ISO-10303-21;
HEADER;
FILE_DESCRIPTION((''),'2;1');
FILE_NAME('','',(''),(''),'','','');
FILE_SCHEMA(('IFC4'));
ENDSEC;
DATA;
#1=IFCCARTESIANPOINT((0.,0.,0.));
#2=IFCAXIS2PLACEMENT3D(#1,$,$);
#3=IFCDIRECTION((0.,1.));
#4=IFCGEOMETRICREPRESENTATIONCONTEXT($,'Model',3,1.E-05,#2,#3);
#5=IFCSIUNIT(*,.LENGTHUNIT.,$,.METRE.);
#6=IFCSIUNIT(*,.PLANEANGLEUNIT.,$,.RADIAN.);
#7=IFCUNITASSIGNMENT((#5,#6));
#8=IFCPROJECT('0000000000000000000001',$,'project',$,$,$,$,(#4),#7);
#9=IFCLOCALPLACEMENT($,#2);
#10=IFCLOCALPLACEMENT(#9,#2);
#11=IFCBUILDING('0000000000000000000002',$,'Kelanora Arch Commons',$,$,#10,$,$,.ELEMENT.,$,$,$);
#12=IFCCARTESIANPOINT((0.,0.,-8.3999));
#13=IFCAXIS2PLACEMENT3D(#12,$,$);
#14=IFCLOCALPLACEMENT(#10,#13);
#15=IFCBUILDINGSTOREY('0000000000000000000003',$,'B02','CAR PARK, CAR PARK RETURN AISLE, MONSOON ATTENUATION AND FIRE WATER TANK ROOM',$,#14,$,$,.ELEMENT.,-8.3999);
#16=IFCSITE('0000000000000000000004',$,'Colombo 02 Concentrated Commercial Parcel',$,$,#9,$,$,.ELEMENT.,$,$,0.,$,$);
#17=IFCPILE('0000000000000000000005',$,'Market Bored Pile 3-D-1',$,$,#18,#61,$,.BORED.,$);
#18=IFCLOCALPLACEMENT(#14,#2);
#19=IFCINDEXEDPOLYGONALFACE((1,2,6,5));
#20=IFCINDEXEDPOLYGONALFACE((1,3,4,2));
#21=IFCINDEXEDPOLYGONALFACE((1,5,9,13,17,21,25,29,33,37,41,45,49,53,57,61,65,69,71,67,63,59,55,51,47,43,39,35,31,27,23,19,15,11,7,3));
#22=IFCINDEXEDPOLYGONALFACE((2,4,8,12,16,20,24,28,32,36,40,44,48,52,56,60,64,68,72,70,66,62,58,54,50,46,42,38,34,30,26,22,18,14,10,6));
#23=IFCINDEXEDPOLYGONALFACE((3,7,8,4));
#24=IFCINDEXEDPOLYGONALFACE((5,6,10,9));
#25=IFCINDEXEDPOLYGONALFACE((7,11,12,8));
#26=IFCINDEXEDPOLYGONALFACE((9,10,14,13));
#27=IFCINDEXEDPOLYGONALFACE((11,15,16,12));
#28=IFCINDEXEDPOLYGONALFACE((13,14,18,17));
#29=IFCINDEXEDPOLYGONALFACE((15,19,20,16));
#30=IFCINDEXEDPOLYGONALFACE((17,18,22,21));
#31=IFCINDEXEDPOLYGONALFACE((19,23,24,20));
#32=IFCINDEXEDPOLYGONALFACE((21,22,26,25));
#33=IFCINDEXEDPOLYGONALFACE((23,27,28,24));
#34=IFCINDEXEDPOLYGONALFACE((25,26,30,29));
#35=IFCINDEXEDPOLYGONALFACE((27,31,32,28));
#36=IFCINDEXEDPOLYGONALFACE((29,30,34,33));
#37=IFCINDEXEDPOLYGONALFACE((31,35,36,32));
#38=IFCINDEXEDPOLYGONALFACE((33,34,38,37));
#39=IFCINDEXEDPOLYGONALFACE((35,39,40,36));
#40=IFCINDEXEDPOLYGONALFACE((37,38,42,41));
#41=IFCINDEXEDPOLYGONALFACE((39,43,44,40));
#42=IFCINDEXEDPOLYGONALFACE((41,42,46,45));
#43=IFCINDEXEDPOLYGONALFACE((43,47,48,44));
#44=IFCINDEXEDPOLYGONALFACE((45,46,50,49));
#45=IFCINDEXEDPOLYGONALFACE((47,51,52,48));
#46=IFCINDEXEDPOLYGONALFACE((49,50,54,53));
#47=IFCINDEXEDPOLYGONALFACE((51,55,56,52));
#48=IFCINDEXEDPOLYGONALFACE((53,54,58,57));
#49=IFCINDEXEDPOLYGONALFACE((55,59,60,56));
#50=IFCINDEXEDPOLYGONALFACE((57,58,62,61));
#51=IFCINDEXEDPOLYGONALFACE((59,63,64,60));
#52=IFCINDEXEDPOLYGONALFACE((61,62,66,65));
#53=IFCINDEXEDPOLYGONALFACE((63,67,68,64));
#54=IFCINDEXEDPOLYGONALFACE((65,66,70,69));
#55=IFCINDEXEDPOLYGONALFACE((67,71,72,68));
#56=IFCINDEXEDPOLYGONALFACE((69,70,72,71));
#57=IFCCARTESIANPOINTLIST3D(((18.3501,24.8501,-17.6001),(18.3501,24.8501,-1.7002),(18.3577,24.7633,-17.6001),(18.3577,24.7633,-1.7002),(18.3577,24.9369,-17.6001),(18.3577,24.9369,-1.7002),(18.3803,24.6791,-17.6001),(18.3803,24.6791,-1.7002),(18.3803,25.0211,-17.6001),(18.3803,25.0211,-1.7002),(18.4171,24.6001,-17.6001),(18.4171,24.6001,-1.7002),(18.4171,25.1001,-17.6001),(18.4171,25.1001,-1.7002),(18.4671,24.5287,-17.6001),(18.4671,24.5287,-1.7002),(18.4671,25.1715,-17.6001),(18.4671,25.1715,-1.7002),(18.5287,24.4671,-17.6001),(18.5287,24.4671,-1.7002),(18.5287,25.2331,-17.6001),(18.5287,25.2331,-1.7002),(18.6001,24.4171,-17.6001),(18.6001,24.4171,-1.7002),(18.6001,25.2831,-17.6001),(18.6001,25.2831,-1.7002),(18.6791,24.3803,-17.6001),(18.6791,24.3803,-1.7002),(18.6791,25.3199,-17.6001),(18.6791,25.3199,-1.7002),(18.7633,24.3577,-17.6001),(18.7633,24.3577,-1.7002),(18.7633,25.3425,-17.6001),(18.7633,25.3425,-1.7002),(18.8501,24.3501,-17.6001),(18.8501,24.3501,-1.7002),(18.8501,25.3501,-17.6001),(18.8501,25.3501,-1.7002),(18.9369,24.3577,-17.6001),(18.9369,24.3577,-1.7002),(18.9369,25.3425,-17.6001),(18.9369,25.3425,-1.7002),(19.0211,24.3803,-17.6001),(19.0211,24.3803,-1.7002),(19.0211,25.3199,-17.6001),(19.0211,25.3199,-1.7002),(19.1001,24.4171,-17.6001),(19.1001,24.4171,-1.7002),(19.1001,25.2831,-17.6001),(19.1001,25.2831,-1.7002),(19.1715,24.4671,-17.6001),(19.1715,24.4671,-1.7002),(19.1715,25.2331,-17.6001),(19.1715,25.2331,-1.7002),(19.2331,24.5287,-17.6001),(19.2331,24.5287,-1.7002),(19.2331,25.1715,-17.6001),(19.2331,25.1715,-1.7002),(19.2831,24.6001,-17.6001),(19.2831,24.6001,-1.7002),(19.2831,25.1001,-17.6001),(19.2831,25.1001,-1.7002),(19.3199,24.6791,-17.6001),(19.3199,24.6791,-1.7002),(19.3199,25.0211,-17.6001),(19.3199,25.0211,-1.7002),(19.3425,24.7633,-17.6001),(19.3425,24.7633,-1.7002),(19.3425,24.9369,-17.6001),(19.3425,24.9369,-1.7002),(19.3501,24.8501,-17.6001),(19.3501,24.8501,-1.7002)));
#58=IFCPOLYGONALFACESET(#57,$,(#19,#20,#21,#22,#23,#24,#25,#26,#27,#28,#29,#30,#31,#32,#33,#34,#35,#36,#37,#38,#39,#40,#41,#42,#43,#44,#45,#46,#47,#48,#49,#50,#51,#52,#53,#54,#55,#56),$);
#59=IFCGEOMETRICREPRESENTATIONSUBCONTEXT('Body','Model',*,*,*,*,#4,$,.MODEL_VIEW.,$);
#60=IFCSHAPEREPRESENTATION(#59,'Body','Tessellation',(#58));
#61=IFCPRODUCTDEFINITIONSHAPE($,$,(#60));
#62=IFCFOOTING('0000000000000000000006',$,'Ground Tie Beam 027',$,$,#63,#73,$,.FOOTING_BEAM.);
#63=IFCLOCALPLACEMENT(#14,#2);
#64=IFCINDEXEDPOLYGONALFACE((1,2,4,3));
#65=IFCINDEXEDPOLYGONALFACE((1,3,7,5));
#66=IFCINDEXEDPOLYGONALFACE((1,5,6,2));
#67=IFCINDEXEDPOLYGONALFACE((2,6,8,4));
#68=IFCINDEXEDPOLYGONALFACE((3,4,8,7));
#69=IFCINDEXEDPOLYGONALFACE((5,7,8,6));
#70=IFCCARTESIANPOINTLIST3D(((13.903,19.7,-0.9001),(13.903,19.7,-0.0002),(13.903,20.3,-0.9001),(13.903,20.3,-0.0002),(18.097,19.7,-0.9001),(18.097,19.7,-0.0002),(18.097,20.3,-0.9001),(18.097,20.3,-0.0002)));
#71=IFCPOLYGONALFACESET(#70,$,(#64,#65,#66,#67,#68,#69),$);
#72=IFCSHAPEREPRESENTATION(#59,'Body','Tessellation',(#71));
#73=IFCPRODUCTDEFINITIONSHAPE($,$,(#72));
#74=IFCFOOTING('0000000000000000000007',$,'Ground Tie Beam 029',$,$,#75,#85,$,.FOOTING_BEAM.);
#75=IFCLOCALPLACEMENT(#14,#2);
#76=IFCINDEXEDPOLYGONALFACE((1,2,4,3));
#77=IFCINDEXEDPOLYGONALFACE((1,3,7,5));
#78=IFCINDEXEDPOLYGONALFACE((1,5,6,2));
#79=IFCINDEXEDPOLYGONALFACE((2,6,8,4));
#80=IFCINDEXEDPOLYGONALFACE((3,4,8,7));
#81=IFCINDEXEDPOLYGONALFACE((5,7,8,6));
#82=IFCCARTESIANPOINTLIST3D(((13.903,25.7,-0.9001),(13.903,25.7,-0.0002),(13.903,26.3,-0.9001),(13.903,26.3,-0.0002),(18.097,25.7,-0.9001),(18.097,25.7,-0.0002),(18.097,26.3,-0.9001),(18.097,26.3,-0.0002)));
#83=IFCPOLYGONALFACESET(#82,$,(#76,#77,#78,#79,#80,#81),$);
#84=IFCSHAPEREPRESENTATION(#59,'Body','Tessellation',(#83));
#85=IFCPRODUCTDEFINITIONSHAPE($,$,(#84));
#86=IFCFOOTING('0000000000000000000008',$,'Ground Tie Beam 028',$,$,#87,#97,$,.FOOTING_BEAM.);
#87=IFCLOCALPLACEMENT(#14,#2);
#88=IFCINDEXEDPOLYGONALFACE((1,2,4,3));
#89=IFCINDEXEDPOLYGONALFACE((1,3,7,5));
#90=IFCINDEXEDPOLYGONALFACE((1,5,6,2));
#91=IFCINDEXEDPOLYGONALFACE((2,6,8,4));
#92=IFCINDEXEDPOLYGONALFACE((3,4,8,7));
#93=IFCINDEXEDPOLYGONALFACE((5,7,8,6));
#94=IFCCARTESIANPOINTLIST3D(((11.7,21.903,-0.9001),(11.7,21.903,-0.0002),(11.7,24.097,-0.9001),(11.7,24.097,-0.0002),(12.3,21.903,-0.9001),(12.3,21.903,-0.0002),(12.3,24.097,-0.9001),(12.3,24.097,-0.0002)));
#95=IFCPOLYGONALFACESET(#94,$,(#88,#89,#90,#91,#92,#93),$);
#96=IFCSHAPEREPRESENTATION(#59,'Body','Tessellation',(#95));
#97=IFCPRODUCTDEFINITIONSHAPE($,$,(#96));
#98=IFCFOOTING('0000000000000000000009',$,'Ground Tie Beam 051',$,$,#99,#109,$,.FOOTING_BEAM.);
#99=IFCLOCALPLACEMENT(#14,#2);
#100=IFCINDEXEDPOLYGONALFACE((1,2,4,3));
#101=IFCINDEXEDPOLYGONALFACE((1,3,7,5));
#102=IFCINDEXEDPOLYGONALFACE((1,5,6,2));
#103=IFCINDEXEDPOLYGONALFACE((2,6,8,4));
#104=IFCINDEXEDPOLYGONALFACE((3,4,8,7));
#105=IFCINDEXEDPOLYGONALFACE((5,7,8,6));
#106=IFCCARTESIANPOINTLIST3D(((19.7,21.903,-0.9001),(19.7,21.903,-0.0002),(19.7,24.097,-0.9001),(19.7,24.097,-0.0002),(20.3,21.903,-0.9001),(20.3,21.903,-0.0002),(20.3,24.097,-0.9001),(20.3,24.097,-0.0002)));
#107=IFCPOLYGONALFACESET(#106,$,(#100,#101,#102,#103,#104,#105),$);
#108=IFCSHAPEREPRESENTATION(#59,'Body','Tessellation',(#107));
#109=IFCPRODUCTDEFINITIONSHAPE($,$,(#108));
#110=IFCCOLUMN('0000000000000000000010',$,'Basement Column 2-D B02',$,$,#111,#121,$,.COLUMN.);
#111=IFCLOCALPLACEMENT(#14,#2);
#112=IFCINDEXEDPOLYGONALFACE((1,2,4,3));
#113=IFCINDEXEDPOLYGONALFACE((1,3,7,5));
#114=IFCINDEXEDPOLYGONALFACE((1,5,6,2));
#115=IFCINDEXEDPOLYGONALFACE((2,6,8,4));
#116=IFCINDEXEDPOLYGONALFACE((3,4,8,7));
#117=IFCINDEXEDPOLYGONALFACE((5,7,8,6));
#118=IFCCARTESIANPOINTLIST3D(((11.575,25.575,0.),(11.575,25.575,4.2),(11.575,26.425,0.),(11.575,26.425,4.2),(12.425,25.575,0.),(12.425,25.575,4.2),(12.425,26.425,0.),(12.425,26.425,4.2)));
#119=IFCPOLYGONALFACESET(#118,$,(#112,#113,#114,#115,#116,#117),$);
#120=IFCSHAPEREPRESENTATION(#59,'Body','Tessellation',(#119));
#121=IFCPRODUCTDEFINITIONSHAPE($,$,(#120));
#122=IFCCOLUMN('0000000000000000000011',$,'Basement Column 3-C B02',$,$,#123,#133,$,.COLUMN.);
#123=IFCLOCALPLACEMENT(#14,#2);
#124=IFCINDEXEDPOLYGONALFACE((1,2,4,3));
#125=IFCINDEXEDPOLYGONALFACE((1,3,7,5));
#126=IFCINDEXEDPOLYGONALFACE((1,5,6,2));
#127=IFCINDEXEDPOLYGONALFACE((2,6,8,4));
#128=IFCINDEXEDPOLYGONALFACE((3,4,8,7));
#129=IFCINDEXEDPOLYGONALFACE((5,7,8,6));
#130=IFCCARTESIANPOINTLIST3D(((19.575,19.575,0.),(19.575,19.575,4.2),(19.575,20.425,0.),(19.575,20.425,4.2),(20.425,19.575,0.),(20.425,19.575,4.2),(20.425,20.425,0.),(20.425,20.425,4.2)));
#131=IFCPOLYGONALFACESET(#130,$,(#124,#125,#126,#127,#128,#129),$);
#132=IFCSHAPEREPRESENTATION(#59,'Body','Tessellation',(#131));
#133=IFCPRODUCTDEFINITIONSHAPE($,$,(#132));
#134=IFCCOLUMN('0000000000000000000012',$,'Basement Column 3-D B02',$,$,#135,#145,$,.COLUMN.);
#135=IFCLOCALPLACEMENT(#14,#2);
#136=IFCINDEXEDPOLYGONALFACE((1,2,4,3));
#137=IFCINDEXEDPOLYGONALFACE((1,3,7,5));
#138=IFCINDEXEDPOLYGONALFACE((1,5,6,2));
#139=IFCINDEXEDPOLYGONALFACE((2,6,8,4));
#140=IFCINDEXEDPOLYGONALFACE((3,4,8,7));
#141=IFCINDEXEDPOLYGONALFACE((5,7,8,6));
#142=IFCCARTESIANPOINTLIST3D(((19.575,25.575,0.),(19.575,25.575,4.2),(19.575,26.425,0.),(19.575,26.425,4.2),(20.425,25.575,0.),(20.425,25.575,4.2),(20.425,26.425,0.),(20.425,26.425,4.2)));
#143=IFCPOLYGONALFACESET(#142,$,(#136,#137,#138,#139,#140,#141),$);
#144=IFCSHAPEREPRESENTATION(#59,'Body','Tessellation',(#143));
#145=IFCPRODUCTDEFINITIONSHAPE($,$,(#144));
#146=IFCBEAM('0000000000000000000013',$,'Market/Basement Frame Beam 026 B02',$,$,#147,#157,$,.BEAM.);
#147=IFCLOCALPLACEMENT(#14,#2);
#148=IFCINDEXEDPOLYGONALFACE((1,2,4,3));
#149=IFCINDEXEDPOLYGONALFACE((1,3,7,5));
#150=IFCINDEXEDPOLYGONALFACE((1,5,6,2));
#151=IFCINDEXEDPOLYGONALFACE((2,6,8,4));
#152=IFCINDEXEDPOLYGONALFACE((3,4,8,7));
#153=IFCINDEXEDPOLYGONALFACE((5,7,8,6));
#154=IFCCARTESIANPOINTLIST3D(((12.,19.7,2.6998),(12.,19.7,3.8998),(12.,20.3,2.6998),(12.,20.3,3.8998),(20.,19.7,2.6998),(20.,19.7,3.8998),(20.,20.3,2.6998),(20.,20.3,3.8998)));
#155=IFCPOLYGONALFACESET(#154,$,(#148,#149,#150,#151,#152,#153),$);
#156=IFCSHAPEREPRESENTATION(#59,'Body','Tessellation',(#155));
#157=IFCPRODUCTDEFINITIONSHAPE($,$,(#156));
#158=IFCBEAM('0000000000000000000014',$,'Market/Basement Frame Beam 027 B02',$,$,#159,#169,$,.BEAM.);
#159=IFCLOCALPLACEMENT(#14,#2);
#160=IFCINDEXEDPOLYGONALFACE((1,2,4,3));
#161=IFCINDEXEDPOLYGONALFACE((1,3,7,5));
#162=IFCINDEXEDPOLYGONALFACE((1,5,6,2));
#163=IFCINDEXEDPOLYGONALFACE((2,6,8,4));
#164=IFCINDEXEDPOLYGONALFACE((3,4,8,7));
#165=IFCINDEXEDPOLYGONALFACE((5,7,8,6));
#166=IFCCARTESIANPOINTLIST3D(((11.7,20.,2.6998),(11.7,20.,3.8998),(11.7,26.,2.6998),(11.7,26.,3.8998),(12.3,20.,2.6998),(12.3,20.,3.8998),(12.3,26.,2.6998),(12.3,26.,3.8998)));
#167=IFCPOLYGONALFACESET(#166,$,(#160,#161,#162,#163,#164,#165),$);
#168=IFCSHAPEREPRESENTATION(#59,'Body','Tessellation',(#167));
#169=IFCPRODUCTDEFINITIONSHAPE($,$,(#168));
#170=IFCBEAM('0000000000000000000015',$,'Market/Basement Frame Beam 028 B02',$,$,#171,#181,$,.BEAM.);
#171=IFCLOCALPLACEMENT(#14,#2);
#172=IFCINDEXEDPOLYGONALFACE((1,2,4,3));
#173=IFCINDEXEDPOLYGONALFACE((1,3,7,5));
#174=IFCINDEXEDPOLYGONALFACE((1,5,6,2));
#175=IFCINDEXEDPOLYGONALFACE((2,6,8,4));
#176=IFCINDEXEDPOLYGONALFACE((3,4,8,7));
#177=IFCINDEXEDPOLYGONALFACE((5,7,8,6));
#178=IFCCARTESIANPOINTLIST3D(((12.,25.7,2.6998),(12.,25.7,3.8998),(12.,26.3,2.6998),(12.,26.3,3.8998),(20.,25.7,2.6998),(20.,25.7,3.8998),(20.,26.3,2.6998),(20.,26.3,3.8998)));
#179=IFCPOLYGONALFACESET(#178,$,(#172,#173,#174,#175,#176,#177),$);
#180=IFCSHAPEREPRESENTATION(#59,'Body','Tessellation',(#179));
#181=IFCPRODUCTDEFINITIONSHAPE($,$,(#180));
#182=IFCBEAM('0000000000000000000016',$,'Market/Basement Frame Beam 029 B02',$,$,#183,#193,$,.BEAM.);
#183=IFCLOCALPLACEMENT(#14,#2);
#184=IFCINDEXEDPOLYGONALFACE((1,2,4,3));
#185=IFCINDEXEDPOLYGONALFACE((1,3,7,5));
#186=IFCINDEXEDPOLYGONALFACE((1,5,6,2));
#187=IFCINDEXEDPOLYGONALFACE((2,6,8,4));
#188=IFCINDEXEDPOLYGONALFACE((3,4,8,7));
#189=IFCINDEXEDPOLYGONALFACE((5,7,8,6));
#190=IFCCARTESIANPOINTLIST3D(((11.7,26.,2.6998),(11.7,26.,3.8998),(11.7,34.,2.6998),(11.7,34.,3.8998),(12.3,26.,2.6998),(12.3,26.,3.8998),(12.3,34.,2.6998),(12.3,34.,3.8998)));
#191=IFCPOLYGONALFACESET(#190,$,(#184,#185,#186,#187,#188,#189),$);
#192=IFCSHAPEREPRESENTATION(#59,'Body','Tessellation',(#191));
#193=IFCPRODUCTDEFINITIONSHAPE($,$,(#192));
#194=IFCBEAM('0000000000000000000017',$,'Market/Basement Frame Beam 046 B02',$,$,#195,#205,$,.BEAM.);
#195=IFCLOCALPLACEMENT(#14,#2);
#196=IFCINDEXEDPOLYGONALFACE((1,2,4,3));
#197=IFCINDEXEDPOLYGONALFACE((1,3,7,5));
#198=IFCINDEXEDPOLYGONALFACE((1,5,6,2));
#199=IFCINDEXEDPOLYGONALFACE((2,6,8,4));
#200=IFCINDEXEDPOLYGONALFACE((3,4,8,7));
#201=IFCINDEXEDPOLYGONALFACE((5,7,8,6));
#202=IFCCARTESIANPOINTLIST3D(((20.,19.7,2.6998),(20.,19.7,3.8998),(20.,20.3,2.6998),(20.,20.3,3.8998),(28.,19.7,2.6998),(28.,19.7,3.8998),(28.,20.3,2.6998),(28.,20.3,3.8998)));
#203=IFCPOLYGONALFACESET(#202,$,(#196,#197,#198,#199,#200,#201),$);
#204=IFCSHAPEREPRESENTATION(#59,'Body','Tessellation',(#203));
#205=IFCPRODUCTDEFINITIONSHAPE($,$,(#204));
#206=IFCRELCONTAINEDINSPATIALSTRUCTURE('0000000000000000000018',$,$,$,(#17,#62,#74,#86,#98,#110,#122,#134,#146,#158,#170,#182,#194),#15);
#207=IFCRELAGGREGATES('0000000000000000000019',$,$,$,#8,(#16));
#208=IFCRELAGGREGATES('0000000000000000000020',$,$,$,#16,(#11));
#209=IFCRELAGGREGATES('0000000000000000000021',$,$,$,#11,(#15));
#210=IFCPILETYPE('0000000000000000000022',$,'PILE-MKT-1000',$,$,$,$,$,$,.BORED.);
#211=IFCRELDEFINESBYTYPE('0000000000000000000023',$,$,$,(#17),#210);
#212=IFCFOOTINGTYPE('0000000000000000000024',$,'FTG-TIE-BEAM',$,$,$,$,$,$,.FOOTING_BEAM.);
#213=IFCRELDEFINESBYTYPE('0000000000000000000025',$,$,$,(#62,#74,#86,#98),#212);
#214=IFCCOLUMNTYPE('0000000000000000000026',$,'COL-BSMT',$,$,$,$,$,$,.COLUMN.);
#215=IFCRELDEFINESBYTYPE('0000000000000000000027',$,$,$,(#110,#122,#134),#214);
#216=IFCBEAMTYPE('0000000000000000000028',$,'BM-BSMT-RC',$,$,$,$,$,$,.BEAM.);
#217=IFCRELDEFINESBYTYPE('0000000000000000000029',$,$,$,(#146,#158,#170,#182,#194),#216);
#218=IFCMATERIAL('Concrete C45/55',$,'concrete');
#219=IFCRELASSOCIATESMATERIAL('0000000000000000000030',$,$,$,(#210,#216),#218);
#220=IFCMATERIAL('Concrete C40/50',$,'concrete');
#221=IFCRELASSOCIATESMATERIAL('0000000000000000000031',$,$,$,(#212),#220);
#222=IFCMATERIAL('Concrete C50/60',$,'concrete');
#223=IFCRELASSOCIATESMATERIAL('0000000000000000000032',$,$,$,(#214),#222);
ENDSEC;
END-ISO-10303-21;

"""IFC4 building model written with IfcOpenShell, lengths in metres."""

from ifc_helpers import new_model, si_unit, direction, frame, origin, origin_2d, place, context, subcontext, project, spatial, rectangle, circle, extrude, source, transform, mapped, material, material_profile, profile_set, type_object, element, save


model = new_model("IFC4")

# Units and contexts
model_context = context("Model", 3, precision=1e-05, world=origin(), true_north=direction((0.0, 1.0)))
body_context = subcontext(model_context, "Body", "Model", "MODEL_VIEW")
ifc_project = project(units=[si_unit("LENGTHUNIT", "METRE"), si_unit("PLANEANGLEUNIT", "RADIAN")], contexts=[model_context])

# Site, building, storey
site_placement = place(None, origin())
site = spatial("IfcSite", under=ifc_project, at=site_placement, Name="Colombo 02 Concentrated Commercial Parcel", CompositionType="ELEMENT", RefElevation=0.0)
building_placement = place(site_placement, origin())
building = spatial("IfcBuilding", under=site, at=building_placement, Name="Kelanora Arch Commons", CompositionType="ELEMENT")
storey_placement = place(building_placement, frame((0.0, 0.0, -8.3999)))
storey = spatial("IfcBuildingStorey", under=building, at=storey_placement, Name="B02", Description="CAR PARK, CAR PARK RETURN AISLE, MONSOON ATTENUATION AND FIRE WATER TANK ROOM", CompositionType="ELEMENT", Elevation=-8.3999)

# Shared definitions
ifc_material_1 = material(Name="Concrete C40/50", Category="concrete")

# Pile
ifc_material_2 = material(Name="Concrete C45/55", Category="concrete")
ifc_material_profile_1 = material_profile(ifc_material_2, circle(Radius=0.5, at=origin_2d()), Name="PILE1000")
ifc_profile_set_1 = profile_set([ifc_material_profile_1], Name="Concrete C45/55")
pile_type = type_object("IfcPileType", Name="PILE-MKT-1000", PredefinedType="BORED", material=ifc_profile_set_1)
shared_shape_1 = source(origin(), body_context, "Body", "SweptSolid", [
    extrude(circle(Radius=0.5, at=origin_2d()), origin(), (0.0, 0.0, 1.0), 15.8999),
])
for number, where, z_axis, x_axis, name in (
    (1, (18.8501, 24.8501, -1.7002), (0.0, 0.0, -1.0), (1.0, 0.0, 0.0), "Market Bored Pile 3-D-1"),
):
    element("IfcPile", number, at=place(storey_placement, frame(where, z_axis=z_axis, x_axis=x_axis)), inside=storey, type_object=pile_type, Name=name, PredefinedType="BORED", context=body_context, shape_type="MappedRepresentation", body=[
        mapped(shared_shape_1, transform((0.0, 0.0, 0.0), scale=1.0)),
    ])

# Footings
footing_type_1 = type_object("IfcFootingType", Name="FTG-TIE-BEAM", PredefinedType="FOOTING_BEAM", material=ifc_material_1)
shared_shape_2 = source(origin(), body_context, "Body", "SweptSolid", [
    extrude(rectangle(XDim=4.1941, YDim=0.6001, at=origin_2d()), origin(), (0.0, 0.0, 1.0), 0.8999),
])
for number, where, z_axis, x_axis, name in (
    (2, (16.0, 20.0, -0.9001), (0.0, 0.0, 1.0), (1.0, 0.0, 0.0), "Ground Tie Beam 027"),
    (3, (16.0, 26.0, -0.9001), (0.0, 0.0, 1.0), (1.0, 0.0, 0.0), "Ground Tie Beam 029"),
):
    element("IfcFooting", number, at=place(storey_placement, frame(where, z_axis=z_axis, x_axis=x_axis)), inside=storey, type_object=footing_type_1, Name=name, PredefinedType="FOOTING_BEAM", context=body_context, shape_type="MappedRepresentation", body=[
        mapped(shared_shape_2, transform((0.0, 0.0, 0.0), scale=1.0)),
    ])
shared_shape_3 = source(origin(), body_context, "Body", "SweptSolid", [
    extrude(rectangle(XDim=2.1941, YDim=0.6001, at=origin_2d()), origin(), (0.0, 0.0, 1.0), 0.8999),
])
for number, where, z_axis, x_axis, name in (
    (4, (12.0, 23.0, -0.9001), (0.0, 0.0, 1.0), (0.0, 1.0, 0.0), "Ground Tie Beam 028"),
    (5, (20.0, 23.0, -0.9001), (0.0, 0.0, 1.0), (0.0, 1.0, 0.0), "Ground Tie Beam 051"),
):
    element("IfcFooting", number, at=place(storey_placement, frame(where, z_axis=z_axis, x_axis=x_axis)), inside=storey, type_object=footing_type_1, Name=name, PredefinedType="FOOTING_BEAM", context=body_context, shape_type="MappedRepresentation", body=[
        mapped(shared_shape_3, transform((0.0, 0.0, 0.0), scale=1.0)),
    ])

# Columns
ifc_material_3 = material(Name="Concrete C50/60", Category="concrete")
ifc_material_profile_2 = material_profile(ifc_material_3, rectangle(XDim=0.8501, YDim=0.8501, at=origin_2d()), Name="RC850x850")
ifc_profile_set_2 = profile_set([ifc_material_profile_2], Name="Concrete C50/60")
column_type = type_object("IfcColumnType", Name="COL-BSMT", PredefinedType="COLUMN", material=ifc_profile_set_2)
for number, where, z_axis, x_axis, name in (
    (6, (12.0, 26.0, 0.0), (0.0, 0.0, 1.0), (1.0, 0.0, 0.0), "Basement Column 2-D B02"),
    (7, (20.0, 20.0, 0.0), (0.0, 0.0, 1.0), (1.0, 0.0, 0.0), "Basement Column 3-C B02"),
    (8, (20.0, 26.0, 0.0), (0.0, 0.0, 1.0), (1.0, 0.0, 0.0), "Basement Column 3-D B02"),
):
    element("IfcColumn", number, at=place(storey_placement, frame(where, z_axis=z_axis, x_axis=x_axis)), inside=storey, type_object=column_type, Name=name, PredefinedType="COLUMN", context=body_context, shape_type="SweptSolid", body=[
        extrude(rectangle(XDim=0.8501, YDim=0.8501, at=origin_2d()), origin(), (0.0, 0.0, 1.0), 4.2),
    ])

# Beams
ifc_material_profile_3 = material_profile(ifc_material_2, rectangle(XDim=0.6001, YDim=1.2, at=origin_2d()), Name="RCB600x1200")
ifc_profile_set_3 = profile_set([ifc_material_profile_3], Name="Concrete C45/55")
beam_type = type_object("IfcBeamType", Name="BM-BSMT-RC", PredefinedType="BEAM", material=ifc_profile_set_3)
beam_1_placement = place(storey_placement, frame((12.0, 20.0, 3.2998), z_axis=(1.0, 0.0, 0.0), x_axis=(0.0, 1.0, 0.0)))
element("IfcBeam", 9, at=beam_1_placement, inside=storey, type_object=beam_type, Name="Market/Basement Frame Beam 026 B02", PredefinedType="BEAM", context=body_context, shape_type="SweptSolid", body=[
    extrude(rectangle(XDim=0.6001, YDim=1.2, at=origin_2d()), origin(), (0.0, 0.0, 1.0), 8.0),
])
beam_2_placement = place(storey_placement, frame((12.0, 20.0, 3.2998), z_axis=(0.0, 1.0, 0.0), x_axis=(-1.0, 0.0, 0.0)))
element("IfcBeam", 10, at=beam_2_placement, inside=storey, type_object=beam_type, Name="Market/Basement Frame Beam 027 B02", PredefinedType="BEAM", context=body_context, shape_type="SweptSolid", body=[
    extrude(rectangle(XDim=0.6001, YDim=1.2, at=origin_2d()), origin(), (0.0, 0.0, 1.0), 6.0),
])
for number, where, z_axis, x_axis, name in (
    (11, (12.0, 26.0, 3.2998), (1.0, 0.0, 0.0), (0.0, 1.0, 0.0), "Market/Basement Frame Beam 028 B02"),
    (12, (12.0, 26.0, 3.2998), (0.0, 1.0, 0.0), (-1.0, 0.0, 0.0), "Market/Basement Frame Beam 029 B02"),
    (13, (20.0, 20.0, 3.2998), (1.0, 0.0, 0.0), (0.0, 1.0, 0.0), "Market/Basement Frame Beam 046 B02"),
):
    element("IfcBeam", number, at=place(storey_placement, frame(where, z_axis=z_axis, x_axis=x_axis)), inside=storey, type_object=beam_type, Name=name, PredefinedType="BEAM", context=body_context, shape_type="SweptSolid", body=[
        extrude(rectangle(XDim=0.6001, YDim=1.2, at=origin_2d()), origin(), (0.0, 0.0, 1.0), 8.0),
    ])

save(model, "model.ifc")
